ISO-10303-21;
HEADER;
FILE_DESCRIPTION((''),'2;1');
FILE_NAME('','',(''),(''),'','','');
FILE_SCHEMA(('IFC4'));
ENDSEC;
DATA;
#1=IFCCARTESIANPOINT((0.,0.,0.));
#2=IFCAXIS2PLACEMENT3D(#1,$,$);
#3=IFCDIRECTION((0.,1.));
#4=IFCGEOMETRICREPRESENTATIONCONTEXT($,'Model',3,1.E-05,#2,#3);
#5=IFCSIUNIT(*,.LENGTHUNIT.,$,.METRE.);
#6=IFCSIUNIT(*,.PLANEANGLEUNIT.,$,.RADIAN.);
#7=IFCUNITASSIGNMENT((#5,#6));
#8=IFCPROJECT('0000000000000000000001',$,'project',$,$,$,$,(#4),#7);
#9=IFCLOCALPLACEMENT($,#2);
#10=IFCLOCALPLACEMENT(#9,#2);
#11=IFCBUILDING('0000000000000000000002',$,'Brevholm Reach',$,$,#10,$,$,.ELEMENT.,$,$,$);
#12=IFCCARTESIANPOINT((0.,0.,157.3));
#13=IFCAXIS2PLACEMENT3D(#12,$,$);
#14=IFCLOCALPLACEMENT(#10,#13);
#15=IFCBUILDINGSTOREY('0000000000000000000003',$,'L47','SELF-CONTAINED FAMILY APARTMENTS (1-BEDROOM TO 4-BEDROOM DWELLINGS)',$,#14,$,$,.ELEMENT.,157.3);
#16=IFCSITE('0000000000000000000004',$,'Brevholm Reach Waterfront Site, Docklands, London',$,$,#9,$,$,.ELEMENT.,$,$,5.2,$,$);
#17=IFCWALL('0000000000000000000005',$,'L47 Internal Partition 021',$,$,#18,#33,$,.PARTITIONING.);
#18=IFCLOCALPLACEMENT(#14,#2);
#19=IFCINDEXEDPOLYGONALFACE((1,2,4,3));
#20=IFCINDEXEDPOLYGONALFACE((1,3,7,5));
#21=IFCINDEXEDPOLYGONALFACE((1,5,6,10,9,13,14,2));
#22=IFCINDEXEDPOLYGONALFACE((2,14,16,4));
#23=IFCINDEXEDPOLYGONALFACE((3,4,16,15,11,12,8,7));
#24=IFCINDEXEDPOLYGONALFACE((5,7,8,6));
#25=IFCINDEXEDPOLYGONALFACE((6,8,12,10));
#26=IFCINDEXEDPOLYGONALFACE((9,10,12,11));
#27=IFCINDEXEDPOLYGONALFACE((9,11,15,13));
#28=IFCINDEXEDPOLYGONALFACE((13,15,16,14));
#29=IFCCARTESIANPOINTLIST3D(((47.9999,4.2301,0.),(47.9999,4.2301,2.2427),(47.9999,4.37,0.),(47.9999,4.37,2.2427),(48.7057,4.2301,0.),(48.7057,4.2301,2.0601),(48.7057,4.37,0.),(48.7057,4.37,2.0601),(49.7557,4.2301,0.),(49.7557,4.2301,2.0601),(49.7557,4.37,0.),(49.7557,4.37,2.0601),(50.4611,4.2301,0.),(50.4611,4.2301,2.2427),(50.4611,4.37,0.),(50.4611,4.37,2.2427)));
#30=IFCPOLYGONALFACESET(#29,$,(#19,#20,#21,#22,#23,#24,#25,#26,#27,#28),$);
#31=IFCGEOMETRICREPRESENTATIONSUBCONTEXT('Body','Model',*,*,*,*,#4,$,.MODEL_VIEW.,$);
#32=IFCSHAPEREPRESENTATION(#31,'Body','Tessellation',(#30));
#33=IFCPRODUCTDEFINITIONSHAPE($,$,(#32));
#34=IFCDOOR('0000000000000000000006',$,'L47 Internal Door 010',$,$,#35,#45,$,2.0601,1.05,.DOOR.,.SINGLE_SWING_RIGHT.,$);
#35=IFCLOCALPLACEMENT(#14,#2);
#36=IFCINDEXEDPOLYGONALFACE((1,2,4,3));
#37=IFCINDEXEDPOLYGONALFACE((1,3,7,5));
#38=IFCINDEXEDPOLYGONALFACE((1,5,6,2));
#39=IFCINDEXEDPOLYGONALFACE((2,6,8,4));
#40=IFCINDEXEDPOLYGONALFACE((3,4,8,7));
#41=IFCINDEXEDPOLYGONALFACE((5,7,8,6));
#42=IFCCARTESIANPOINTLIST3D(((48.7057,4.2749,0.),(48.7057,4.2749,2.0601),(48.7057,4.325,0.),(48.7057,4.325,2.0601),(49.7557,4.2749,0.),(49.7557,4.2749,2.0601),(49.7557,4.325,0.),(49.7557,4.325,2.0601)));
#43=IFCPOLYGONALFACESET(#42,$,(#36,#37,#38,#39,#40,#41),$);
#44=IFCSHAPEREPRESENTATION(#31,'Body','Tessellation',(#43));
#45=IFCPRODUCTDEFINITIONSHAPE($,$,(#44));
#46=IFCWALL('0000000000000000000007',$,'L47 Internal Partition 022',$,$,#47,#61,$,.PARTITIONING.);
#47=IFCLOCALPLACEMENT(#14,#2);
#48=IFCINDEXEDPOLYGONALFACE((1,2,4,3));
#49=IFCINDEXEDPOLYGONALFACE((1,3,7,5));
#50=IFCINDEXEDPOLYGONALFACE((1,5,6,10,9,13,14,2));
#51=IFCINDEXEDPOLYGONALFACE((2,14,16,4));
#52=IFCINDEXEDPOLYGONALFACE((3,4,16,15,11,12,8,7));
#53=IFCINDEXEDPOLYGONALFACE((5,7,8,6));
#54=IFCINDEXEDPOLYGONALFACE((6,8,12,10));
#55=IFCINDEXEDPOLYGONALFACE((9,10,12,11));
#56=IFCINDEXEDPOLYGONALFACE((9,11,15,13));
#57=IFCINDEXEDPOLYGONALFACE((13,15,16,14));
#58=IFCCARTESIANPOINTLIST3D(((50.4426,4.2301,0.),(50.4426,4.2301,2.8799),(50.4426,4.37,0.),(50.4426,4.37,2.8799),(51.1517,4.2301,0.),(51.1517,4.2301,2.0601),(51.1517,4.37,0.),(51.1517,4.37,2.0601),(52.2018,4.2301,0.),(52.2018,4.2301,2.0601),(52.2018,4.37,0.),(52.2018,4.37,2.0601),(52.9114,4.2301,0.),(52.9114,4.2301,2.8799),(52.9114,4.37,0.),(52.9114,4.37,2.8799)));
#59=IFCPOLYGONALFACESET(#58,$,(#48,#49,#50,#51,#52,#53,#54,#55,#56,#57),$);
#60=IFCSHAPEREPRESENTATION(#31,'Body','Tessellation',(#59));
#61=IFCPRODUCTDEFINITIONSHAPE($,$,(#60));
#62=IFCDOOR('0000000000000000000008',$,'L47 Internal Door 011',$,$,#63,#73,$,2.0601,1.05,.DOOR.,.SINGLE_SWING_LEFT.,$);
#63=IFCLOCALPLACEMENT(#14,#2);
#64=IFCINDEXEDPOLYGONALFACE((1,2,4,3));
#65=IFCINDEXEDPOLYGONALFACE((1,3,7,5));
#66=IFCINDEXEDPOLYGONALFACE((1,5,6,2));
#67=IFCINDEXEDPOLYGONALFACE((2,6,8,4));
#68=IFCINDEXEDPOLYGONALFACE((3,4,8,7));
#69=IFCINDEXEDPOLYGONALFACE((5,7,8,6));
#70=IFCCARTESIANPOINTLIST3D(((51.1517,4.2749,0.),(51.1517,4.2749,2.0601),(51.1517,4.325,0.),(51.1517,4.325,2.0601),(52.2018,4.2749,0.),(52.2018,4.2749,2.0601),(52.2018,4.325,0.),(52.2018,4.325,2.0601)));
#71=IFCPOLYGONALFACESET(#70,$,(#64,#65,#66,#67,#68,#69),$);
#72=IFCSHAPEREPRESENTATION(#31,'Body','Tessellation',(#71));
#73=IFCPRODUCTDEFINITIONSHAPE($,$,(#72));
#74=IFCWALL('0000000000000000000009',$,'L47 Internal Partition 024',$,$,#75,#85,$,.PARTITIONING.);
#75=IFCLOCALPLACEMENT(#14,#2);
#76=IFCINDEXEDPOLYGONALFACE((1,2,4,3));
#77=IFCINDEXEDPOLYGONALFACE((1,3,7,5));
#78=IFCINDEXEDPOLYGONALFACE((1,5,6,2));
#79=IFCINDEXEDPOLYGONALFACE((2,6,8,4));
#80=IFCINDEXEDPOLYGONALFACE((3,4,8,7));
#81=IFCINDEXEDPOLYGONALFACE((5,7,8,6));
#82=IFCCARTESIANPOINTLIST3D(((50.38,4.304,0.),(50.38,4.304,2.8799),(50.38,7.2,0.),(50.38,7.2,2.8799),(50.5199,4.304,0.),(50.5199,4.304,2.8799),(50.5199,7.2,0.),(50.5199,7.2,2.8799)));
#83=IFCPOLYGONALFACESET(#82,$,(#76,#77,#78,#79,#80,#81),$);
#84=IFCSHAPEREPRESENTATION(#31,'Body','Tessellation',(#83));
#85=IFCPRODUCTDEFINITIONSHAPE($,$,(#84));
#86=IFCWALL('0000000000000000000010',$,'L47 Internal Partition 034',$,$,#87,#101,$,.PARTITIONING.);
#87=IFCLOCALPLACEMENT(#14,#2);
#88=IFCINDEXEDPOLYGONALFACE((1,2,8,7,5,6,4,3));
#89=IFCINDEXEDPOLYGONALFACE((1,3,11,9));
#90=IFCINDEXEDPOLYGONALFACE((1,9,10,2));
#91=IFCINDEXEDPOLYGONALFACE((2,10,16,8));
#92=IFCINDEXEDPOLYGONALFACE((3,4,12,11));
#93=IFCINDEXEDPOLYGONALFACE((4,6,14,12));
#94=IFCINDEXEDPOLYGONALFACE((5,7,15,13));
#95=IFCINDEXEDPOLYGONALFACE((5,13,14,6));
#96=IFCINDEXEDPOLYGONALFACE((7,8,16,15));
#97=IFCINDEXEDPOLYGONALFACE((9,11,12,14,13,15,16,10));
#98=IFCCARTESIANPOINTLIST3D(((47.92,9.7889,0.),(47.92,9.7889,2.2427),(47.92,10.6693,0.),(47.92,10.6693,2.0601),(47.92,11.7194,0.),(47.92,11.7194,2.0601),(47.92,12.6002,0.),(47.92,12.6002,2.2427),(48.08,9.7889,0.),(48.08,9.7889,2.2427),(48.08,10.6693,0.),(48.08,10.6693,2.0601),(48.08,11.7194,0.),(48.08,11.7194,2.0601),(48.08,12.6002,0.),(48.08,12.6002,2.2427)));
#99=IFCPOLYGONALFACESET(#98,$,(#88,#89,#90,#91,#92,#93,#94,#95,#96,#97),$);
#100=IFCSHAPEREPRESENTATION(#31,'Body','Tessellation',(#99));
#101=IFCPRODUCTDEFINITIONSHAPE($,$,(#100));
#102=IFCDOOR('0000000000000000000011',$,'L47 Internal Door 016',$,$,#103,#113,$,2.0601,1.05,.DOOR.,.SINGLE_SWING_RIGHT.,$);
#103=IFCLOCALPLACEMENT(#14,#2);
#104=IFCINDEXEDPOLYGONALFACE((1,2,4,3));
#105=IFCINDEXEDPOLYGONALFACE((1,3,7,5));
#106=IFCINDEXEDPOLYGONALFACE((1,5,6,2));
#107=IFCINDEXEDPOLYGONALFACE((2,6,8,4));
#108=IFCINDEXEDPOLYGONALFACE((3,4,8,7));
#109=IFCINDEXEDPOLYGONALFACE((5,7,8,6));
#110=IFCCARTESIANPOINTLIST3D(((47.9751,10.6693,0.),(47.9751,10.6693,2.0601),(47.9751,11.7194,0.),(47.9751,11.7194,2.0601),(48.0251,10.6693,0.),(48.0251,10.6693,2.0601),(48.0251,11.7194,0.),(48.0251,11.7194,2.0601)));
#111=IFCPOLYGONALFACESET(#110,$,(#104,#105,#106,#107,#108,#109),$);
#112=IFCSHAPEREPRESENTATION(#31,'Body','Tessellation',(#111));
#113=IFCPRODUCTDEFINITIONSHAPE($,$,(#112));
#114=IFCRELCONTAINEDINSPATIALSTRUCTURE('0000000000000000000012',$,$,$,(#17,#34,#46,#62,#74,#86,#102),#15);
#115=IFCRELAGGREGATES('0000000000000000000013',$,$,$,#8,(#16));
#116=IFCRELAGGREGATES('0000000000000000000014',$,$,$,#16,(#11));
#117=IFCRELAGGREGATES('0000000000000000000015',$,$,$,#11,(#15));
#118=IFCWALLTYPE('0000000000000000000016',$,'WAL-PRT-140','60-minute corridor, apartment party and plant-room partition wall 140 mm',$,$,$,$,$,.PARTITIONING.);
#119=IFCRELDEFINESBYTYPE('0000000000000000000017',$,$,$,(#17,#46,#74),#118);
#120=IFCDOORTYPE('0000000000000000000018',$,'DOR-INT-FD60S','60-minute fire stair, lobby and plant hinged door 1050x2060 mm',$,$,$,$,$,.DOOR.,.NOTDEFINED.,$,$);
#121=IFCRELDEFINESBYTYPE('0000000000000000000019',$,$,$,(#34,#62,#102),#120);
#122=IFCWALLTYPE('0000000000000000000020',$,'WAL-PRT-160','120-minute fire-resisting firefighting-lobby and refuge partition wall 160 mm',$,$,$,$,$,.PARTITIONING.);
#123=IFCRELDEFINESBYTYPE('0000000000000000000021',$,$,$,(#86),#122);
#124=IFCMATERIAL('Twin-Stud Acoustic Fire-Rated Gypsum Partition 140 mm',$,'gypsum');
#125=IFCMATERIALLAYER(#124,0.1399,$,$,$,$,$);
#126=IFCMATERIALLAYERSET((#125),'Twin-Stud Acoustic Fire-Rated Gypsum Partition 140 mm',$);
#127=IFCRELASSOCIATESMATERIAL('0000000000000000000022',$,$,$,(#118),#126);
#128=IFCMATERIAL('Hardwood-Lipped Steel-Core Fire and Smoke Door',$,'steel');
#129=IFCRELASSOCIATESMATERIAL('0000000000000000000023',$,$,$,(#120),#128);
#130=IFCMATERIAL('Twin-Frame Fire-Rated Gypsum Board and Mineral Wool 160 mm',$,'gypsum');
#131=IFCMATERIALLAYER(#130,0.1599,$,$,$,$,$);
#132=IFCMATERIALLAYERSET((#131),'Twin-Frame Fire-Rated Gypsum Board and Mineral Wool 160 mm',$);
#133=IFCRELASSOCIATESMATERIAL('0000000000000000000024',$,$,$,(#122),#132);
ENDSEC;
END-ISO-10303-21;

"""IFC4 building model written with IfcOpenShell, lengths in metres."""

from ifc_helpers import new_model, si_unit, direction, frame, frame_2d, origin, place, context, subcontext, project, spatial, rectangle, extrude, material, layer, layer_set, type_object, element, fill, save


model = new_model("IFC4")

# Units and contexts
model_context = context("Model", 3, precision=1e-05, world=origin(), true_north=direction((0.0, 1.0)))
body_context = subcontext(model_context, "Body", "Model", "MODEL_VIEW")
ifc_project = project(units=[si_unit("LENGTHUNIT", "METRE"), si_unit("PLANEANGLEUNIT", "RADIAN")], contexts=[model_context])

# Site, building, storey
site_placement = place(None, origin())
site = spatial("IfcSite", under=ifc_project, at=site_placement, Name="Brevholm Reach Waterfront Site, Docklands, London", CompositionType="ELEMENT", RefElevation=5.2)
building_placement = place(site_placement, origin())
building = spatial("IfcBuilding", under=site, at=building_placement, Name="Brevholm Reach", CompositionType="ELEMENT")
storey_placement = place(building_placement, frame((0.0, 0.0, 157.3)))
storey = spatial("IfcBuildingStorey", under=building, at=storey_placement, Name="L47", Description="SELF-CONTAINED FAMILY APARTMENTS (1-BEDROOM TO 4-BEDROOM DWELLINGS)", CompositionType="ELEMENT", Elevation=157.3)

# Walls, openings, doors
ifc_material_1 = material(Name="Twin-Stud Acoustic Fire-Rated Gypsum Partition 140 mm", Category="gypsum")
ifc_layer_1 = layer(ifc_material_1, 0.1399)
ifc_layer_set_1 = layer_set([ifc_layer_1], Name="Twin-Stud Acoustic Fire-Rated Gypsum Partition 140 mm")
wall_type_1 = type_object("IfcWallType", Name="WAL-PRT-140", Description="60-minute corridor, apartment party and plant-room partition wall 140 mm", PredefinedType="PARTITIONING", material=ifc_layer_set_1)
wall_1_placement = place(storey_placement, frame((48.0, 4.3, 0.0), z_axis=(0.0, 0.0, 1.0), x_axis=(1.0, 0.0, 0.0)))
wall_1 = element("IfcWall", 1, at=wall_1_placement, inside=storey, type_object=wall_type_1, Name="L47 Internal Partition 021", PredefinedType="PARTITIONING", context=body_context, shape_type="SweptSolid", body=[
    extrude(rectangle(XDim=2.4612, YDim=0.1399, at=frame_2d((1.2305, 0.0))), origin(), (0.0, 0.0, 1.0), 2.2427),
])
opening_1_placement = place(wall_1_placement, frame((0.7058, 0.0, 0.0)))
opening_1 = element("IfcOpeningElement", 2, at=opening_1_placement, cuts=wall_1, PredefinedType="OPENING", context=body_context, shape_type="SweptSolid", body=[
    extrude(rectangle(XDim=1.05, YDim=2.0601, at=frame_2d((0.5249, 1.03))), frame((0.0, 0.0798, 0.0), z_axis=(0.0, -1.0, 0.0), x_axis=(1.0, 0.0, 0.0)), (0.0, 0.0, 1.0), 0.1599),
])
ifc_material_2 = material(Name="Hardwood-Lipped Steel-Core Fire and Smoke Door", Category="steel")
door_type_1 = type_object("IfcDoorType", Name="DOR-INT-FD60S", Description="60-minute fire stair, lobby and plant hinged door 1050x2060 mm", OperationType="NOTDEFINED", PredefinedType="DOOR", material=ifc_material_2)
door_1_placement = place(opening_1_placement, origin())
door_1 = element("IfcDoor", 3, at=door_1_placement, inside=storey, type_object=door_type_1, Name="L47 Internal Door 010", OperationType="SINGLE_SWING_RIGHT", OverallHeight=2.0601, OverallWidth=1.05, PredefinedType="DOOR", context=body_context, shape_type="SweptSolid", body=[
    extrude(rectangle(XDim=1.05, YDim=2.0601, at=frame_2d((0.5249, 1.03))), frame((0.0, 0.0249, 0.0), z_axis=(0.0, -1.0, 0.0), x_axis=(1.0, 0.0, 0.0)), (0.0, 0.0, 1.0), 0.05),
])
fill(opening_1, door_1)
wall_2_placement = place(storey_placement, frame((50.4426, 4.3, 0.0), z_axis=(0.0, 0.0, 1.0), x_axis=(1.0, 0.0, 0.0)))
wall_2 = element("IfcWall", 4, at=wall_2_placement, inside=storey, type_object=wall_type_1, Name="L47 Internal Partition 022", PredefinedType="PARTITIONING", context=body_context, shape_type="SweptSolid", body=[
    extrude(rectangle(XDim=2.4688, YDim=0.1399, at=frame_2d((1.2344, 0.0))), origin(), (0.0, 0.0, 1.0), 2.8799),
])
opening_2_placement = place(wall_2_placement, frame((0.7092, 0.0, 0.0)))
opening_2 = element("IfcOpeningElement", 5, at=opening_2_placement, cuts=wall_2, PredefinedType="OPENING", context=body_context, shape_type="SweptSolid", body=[
    extrude(rectangle(XDim=1.05, YDim=2.0601, at=frame_2d((0.5249, 1.03))), frame((0.0, 0.0798, 0.0), z_axis=(0.0, -1.0, 0.0), x_axis=(1.0, 0.0, 0.0)), (0.0, 0.0, 1.0), 0.1599),
])
door_2_placement = place(opening_2_placement, origin())
door_2 = element("IfcDoor", 6, at=door_2_placement, inside=storey, type_object=door_type_1, Name="L47 Internal Door 011", OperationType="SINGLE_SWING_LEFT", OverallHeight=2.0601, OverallWidth=1.05, PredefinedType="DOOR", context=body_context, shape_type="SweptSolid", body=[
    extrude(rectangle(XDim=1.05, YDim=2.0601, at=frame_2d((0.5249, 1.03))), frame((0.0, 0.0249, 0.0), z_axis=(0.0, -1.0, 0.0), x_axis=(1.0, 0.0, 0.0)), (0.0, 0.0, 1.0), 0.05),
])
fill(opening_2, door_2)

# Wall
wall_3_placement = place(storey_placement, frame((50.45, 4.304, 0.0), z_axis=(0.0, 0.0, 1.0), x_axis=(0.0, 1.0, 0.0)))
element("IfcWall", 7, at=wall_3_placement, inside=storey, type_object=wall_type_1, Name="L47 Internal Partition 024", PredefinedType="PARTITIONING", context=body_context, shape_type="SweptSolid", body=[
    extrude(rectangle(XDim=2.896, YDim=0.1399, at=frame_2d((1.448, 0.0))), origin(), (0.0, 0.0, 1.0), 2.8799),
])

# Wall, opening, door
ifc_material_3 = material(Name="Twin-Frame Fire-Rated Gypsum Board and Mineral Wool 160 mm", Category="gypsum")
ifc_layer_2 = layer(ifc_material_3, 0.1599)
ifc_layer_set_2 = layer_set([ifc_layer_2], Name="Twin-Frame Fire-Rated Gypsum Board and Mineral Wool 160 mm")
wall_type_2 = type_object("IfcWallType", Name="WAL-PRT-160", Description="120-minute fire-resisting firefighting-lobby and refuge partition wall 160 mm", PredefinedType="PARTITIONING", material=ifc_layer_set_2)
wall_4_placement = place(storey_placement, frame((48.0, 9.7888, 0.0), z_axis=(0.0, 0.0, 1.0), x_axis=(0.0, 1.0, 0.0)))
wall_4 = element("IfcWall", 8, at=wall_4_placement, inside=storey, type_object=wall_type_2, Name="L47 Internal Partition 034", PredefinedType="PARTITIONING", context=body_context, shape_type="SweptSolid", body=[
    extrude(rectangle(XDim=2.8113, YDim=0.1599, at=frame_2d((1.4058, 0.0))), origin(), (0.0, 0.0, 1.0), 2.2427),
])
opening_3_placement = place(wall_4_placement, frame((0.8806, 0.0, 0.0)))
opening_3 = element("IfcOpeningElement", 9, at=opening_3_placement, cuts=wall_4, PredefinedType="OPENING", context=body_context, shape_type="SweptSolid", body=[
    extrude(rectangle(XDim=1.05, YDim=2.0601, at=frame_2d((0.5249, 1.03))), frame((0.0, 0.0898, 0.0), z_axis=(0.0, -1.0, 0.0), x_axis=(1.0, 0.0, 0.0)), (0.0, 0.0, 1.0), 0.1799),
])
door_3_placement = place(opening_3_placement, origin())
door_3 = element("IfcDoor", 10, at=door_3_placement, inside=storey, type_object=door_type_1, Name="L47 Internal Door 016", OperationType="SINGLE_SWING_RIGHT", OverallHeight=2.0601, OverallWidth=1.05, PredefinedType="DOOR", context=body_context, shape_type="SweptSolid", body=[
    extrude(rectangle(XDim=1.05, YDim=2.0601, at=frame_2d((0.5249, 1.03))), frame((0.0, 0.0249, 0.0), z_axis=(0.0, -1.0, 0.0), x_axis=(1.0, 0.0, 0.0)), (0.0, 0.0, 1.0), 0.05),
])
fill(opening_3, door_3)

save(model, "model.ifc")
